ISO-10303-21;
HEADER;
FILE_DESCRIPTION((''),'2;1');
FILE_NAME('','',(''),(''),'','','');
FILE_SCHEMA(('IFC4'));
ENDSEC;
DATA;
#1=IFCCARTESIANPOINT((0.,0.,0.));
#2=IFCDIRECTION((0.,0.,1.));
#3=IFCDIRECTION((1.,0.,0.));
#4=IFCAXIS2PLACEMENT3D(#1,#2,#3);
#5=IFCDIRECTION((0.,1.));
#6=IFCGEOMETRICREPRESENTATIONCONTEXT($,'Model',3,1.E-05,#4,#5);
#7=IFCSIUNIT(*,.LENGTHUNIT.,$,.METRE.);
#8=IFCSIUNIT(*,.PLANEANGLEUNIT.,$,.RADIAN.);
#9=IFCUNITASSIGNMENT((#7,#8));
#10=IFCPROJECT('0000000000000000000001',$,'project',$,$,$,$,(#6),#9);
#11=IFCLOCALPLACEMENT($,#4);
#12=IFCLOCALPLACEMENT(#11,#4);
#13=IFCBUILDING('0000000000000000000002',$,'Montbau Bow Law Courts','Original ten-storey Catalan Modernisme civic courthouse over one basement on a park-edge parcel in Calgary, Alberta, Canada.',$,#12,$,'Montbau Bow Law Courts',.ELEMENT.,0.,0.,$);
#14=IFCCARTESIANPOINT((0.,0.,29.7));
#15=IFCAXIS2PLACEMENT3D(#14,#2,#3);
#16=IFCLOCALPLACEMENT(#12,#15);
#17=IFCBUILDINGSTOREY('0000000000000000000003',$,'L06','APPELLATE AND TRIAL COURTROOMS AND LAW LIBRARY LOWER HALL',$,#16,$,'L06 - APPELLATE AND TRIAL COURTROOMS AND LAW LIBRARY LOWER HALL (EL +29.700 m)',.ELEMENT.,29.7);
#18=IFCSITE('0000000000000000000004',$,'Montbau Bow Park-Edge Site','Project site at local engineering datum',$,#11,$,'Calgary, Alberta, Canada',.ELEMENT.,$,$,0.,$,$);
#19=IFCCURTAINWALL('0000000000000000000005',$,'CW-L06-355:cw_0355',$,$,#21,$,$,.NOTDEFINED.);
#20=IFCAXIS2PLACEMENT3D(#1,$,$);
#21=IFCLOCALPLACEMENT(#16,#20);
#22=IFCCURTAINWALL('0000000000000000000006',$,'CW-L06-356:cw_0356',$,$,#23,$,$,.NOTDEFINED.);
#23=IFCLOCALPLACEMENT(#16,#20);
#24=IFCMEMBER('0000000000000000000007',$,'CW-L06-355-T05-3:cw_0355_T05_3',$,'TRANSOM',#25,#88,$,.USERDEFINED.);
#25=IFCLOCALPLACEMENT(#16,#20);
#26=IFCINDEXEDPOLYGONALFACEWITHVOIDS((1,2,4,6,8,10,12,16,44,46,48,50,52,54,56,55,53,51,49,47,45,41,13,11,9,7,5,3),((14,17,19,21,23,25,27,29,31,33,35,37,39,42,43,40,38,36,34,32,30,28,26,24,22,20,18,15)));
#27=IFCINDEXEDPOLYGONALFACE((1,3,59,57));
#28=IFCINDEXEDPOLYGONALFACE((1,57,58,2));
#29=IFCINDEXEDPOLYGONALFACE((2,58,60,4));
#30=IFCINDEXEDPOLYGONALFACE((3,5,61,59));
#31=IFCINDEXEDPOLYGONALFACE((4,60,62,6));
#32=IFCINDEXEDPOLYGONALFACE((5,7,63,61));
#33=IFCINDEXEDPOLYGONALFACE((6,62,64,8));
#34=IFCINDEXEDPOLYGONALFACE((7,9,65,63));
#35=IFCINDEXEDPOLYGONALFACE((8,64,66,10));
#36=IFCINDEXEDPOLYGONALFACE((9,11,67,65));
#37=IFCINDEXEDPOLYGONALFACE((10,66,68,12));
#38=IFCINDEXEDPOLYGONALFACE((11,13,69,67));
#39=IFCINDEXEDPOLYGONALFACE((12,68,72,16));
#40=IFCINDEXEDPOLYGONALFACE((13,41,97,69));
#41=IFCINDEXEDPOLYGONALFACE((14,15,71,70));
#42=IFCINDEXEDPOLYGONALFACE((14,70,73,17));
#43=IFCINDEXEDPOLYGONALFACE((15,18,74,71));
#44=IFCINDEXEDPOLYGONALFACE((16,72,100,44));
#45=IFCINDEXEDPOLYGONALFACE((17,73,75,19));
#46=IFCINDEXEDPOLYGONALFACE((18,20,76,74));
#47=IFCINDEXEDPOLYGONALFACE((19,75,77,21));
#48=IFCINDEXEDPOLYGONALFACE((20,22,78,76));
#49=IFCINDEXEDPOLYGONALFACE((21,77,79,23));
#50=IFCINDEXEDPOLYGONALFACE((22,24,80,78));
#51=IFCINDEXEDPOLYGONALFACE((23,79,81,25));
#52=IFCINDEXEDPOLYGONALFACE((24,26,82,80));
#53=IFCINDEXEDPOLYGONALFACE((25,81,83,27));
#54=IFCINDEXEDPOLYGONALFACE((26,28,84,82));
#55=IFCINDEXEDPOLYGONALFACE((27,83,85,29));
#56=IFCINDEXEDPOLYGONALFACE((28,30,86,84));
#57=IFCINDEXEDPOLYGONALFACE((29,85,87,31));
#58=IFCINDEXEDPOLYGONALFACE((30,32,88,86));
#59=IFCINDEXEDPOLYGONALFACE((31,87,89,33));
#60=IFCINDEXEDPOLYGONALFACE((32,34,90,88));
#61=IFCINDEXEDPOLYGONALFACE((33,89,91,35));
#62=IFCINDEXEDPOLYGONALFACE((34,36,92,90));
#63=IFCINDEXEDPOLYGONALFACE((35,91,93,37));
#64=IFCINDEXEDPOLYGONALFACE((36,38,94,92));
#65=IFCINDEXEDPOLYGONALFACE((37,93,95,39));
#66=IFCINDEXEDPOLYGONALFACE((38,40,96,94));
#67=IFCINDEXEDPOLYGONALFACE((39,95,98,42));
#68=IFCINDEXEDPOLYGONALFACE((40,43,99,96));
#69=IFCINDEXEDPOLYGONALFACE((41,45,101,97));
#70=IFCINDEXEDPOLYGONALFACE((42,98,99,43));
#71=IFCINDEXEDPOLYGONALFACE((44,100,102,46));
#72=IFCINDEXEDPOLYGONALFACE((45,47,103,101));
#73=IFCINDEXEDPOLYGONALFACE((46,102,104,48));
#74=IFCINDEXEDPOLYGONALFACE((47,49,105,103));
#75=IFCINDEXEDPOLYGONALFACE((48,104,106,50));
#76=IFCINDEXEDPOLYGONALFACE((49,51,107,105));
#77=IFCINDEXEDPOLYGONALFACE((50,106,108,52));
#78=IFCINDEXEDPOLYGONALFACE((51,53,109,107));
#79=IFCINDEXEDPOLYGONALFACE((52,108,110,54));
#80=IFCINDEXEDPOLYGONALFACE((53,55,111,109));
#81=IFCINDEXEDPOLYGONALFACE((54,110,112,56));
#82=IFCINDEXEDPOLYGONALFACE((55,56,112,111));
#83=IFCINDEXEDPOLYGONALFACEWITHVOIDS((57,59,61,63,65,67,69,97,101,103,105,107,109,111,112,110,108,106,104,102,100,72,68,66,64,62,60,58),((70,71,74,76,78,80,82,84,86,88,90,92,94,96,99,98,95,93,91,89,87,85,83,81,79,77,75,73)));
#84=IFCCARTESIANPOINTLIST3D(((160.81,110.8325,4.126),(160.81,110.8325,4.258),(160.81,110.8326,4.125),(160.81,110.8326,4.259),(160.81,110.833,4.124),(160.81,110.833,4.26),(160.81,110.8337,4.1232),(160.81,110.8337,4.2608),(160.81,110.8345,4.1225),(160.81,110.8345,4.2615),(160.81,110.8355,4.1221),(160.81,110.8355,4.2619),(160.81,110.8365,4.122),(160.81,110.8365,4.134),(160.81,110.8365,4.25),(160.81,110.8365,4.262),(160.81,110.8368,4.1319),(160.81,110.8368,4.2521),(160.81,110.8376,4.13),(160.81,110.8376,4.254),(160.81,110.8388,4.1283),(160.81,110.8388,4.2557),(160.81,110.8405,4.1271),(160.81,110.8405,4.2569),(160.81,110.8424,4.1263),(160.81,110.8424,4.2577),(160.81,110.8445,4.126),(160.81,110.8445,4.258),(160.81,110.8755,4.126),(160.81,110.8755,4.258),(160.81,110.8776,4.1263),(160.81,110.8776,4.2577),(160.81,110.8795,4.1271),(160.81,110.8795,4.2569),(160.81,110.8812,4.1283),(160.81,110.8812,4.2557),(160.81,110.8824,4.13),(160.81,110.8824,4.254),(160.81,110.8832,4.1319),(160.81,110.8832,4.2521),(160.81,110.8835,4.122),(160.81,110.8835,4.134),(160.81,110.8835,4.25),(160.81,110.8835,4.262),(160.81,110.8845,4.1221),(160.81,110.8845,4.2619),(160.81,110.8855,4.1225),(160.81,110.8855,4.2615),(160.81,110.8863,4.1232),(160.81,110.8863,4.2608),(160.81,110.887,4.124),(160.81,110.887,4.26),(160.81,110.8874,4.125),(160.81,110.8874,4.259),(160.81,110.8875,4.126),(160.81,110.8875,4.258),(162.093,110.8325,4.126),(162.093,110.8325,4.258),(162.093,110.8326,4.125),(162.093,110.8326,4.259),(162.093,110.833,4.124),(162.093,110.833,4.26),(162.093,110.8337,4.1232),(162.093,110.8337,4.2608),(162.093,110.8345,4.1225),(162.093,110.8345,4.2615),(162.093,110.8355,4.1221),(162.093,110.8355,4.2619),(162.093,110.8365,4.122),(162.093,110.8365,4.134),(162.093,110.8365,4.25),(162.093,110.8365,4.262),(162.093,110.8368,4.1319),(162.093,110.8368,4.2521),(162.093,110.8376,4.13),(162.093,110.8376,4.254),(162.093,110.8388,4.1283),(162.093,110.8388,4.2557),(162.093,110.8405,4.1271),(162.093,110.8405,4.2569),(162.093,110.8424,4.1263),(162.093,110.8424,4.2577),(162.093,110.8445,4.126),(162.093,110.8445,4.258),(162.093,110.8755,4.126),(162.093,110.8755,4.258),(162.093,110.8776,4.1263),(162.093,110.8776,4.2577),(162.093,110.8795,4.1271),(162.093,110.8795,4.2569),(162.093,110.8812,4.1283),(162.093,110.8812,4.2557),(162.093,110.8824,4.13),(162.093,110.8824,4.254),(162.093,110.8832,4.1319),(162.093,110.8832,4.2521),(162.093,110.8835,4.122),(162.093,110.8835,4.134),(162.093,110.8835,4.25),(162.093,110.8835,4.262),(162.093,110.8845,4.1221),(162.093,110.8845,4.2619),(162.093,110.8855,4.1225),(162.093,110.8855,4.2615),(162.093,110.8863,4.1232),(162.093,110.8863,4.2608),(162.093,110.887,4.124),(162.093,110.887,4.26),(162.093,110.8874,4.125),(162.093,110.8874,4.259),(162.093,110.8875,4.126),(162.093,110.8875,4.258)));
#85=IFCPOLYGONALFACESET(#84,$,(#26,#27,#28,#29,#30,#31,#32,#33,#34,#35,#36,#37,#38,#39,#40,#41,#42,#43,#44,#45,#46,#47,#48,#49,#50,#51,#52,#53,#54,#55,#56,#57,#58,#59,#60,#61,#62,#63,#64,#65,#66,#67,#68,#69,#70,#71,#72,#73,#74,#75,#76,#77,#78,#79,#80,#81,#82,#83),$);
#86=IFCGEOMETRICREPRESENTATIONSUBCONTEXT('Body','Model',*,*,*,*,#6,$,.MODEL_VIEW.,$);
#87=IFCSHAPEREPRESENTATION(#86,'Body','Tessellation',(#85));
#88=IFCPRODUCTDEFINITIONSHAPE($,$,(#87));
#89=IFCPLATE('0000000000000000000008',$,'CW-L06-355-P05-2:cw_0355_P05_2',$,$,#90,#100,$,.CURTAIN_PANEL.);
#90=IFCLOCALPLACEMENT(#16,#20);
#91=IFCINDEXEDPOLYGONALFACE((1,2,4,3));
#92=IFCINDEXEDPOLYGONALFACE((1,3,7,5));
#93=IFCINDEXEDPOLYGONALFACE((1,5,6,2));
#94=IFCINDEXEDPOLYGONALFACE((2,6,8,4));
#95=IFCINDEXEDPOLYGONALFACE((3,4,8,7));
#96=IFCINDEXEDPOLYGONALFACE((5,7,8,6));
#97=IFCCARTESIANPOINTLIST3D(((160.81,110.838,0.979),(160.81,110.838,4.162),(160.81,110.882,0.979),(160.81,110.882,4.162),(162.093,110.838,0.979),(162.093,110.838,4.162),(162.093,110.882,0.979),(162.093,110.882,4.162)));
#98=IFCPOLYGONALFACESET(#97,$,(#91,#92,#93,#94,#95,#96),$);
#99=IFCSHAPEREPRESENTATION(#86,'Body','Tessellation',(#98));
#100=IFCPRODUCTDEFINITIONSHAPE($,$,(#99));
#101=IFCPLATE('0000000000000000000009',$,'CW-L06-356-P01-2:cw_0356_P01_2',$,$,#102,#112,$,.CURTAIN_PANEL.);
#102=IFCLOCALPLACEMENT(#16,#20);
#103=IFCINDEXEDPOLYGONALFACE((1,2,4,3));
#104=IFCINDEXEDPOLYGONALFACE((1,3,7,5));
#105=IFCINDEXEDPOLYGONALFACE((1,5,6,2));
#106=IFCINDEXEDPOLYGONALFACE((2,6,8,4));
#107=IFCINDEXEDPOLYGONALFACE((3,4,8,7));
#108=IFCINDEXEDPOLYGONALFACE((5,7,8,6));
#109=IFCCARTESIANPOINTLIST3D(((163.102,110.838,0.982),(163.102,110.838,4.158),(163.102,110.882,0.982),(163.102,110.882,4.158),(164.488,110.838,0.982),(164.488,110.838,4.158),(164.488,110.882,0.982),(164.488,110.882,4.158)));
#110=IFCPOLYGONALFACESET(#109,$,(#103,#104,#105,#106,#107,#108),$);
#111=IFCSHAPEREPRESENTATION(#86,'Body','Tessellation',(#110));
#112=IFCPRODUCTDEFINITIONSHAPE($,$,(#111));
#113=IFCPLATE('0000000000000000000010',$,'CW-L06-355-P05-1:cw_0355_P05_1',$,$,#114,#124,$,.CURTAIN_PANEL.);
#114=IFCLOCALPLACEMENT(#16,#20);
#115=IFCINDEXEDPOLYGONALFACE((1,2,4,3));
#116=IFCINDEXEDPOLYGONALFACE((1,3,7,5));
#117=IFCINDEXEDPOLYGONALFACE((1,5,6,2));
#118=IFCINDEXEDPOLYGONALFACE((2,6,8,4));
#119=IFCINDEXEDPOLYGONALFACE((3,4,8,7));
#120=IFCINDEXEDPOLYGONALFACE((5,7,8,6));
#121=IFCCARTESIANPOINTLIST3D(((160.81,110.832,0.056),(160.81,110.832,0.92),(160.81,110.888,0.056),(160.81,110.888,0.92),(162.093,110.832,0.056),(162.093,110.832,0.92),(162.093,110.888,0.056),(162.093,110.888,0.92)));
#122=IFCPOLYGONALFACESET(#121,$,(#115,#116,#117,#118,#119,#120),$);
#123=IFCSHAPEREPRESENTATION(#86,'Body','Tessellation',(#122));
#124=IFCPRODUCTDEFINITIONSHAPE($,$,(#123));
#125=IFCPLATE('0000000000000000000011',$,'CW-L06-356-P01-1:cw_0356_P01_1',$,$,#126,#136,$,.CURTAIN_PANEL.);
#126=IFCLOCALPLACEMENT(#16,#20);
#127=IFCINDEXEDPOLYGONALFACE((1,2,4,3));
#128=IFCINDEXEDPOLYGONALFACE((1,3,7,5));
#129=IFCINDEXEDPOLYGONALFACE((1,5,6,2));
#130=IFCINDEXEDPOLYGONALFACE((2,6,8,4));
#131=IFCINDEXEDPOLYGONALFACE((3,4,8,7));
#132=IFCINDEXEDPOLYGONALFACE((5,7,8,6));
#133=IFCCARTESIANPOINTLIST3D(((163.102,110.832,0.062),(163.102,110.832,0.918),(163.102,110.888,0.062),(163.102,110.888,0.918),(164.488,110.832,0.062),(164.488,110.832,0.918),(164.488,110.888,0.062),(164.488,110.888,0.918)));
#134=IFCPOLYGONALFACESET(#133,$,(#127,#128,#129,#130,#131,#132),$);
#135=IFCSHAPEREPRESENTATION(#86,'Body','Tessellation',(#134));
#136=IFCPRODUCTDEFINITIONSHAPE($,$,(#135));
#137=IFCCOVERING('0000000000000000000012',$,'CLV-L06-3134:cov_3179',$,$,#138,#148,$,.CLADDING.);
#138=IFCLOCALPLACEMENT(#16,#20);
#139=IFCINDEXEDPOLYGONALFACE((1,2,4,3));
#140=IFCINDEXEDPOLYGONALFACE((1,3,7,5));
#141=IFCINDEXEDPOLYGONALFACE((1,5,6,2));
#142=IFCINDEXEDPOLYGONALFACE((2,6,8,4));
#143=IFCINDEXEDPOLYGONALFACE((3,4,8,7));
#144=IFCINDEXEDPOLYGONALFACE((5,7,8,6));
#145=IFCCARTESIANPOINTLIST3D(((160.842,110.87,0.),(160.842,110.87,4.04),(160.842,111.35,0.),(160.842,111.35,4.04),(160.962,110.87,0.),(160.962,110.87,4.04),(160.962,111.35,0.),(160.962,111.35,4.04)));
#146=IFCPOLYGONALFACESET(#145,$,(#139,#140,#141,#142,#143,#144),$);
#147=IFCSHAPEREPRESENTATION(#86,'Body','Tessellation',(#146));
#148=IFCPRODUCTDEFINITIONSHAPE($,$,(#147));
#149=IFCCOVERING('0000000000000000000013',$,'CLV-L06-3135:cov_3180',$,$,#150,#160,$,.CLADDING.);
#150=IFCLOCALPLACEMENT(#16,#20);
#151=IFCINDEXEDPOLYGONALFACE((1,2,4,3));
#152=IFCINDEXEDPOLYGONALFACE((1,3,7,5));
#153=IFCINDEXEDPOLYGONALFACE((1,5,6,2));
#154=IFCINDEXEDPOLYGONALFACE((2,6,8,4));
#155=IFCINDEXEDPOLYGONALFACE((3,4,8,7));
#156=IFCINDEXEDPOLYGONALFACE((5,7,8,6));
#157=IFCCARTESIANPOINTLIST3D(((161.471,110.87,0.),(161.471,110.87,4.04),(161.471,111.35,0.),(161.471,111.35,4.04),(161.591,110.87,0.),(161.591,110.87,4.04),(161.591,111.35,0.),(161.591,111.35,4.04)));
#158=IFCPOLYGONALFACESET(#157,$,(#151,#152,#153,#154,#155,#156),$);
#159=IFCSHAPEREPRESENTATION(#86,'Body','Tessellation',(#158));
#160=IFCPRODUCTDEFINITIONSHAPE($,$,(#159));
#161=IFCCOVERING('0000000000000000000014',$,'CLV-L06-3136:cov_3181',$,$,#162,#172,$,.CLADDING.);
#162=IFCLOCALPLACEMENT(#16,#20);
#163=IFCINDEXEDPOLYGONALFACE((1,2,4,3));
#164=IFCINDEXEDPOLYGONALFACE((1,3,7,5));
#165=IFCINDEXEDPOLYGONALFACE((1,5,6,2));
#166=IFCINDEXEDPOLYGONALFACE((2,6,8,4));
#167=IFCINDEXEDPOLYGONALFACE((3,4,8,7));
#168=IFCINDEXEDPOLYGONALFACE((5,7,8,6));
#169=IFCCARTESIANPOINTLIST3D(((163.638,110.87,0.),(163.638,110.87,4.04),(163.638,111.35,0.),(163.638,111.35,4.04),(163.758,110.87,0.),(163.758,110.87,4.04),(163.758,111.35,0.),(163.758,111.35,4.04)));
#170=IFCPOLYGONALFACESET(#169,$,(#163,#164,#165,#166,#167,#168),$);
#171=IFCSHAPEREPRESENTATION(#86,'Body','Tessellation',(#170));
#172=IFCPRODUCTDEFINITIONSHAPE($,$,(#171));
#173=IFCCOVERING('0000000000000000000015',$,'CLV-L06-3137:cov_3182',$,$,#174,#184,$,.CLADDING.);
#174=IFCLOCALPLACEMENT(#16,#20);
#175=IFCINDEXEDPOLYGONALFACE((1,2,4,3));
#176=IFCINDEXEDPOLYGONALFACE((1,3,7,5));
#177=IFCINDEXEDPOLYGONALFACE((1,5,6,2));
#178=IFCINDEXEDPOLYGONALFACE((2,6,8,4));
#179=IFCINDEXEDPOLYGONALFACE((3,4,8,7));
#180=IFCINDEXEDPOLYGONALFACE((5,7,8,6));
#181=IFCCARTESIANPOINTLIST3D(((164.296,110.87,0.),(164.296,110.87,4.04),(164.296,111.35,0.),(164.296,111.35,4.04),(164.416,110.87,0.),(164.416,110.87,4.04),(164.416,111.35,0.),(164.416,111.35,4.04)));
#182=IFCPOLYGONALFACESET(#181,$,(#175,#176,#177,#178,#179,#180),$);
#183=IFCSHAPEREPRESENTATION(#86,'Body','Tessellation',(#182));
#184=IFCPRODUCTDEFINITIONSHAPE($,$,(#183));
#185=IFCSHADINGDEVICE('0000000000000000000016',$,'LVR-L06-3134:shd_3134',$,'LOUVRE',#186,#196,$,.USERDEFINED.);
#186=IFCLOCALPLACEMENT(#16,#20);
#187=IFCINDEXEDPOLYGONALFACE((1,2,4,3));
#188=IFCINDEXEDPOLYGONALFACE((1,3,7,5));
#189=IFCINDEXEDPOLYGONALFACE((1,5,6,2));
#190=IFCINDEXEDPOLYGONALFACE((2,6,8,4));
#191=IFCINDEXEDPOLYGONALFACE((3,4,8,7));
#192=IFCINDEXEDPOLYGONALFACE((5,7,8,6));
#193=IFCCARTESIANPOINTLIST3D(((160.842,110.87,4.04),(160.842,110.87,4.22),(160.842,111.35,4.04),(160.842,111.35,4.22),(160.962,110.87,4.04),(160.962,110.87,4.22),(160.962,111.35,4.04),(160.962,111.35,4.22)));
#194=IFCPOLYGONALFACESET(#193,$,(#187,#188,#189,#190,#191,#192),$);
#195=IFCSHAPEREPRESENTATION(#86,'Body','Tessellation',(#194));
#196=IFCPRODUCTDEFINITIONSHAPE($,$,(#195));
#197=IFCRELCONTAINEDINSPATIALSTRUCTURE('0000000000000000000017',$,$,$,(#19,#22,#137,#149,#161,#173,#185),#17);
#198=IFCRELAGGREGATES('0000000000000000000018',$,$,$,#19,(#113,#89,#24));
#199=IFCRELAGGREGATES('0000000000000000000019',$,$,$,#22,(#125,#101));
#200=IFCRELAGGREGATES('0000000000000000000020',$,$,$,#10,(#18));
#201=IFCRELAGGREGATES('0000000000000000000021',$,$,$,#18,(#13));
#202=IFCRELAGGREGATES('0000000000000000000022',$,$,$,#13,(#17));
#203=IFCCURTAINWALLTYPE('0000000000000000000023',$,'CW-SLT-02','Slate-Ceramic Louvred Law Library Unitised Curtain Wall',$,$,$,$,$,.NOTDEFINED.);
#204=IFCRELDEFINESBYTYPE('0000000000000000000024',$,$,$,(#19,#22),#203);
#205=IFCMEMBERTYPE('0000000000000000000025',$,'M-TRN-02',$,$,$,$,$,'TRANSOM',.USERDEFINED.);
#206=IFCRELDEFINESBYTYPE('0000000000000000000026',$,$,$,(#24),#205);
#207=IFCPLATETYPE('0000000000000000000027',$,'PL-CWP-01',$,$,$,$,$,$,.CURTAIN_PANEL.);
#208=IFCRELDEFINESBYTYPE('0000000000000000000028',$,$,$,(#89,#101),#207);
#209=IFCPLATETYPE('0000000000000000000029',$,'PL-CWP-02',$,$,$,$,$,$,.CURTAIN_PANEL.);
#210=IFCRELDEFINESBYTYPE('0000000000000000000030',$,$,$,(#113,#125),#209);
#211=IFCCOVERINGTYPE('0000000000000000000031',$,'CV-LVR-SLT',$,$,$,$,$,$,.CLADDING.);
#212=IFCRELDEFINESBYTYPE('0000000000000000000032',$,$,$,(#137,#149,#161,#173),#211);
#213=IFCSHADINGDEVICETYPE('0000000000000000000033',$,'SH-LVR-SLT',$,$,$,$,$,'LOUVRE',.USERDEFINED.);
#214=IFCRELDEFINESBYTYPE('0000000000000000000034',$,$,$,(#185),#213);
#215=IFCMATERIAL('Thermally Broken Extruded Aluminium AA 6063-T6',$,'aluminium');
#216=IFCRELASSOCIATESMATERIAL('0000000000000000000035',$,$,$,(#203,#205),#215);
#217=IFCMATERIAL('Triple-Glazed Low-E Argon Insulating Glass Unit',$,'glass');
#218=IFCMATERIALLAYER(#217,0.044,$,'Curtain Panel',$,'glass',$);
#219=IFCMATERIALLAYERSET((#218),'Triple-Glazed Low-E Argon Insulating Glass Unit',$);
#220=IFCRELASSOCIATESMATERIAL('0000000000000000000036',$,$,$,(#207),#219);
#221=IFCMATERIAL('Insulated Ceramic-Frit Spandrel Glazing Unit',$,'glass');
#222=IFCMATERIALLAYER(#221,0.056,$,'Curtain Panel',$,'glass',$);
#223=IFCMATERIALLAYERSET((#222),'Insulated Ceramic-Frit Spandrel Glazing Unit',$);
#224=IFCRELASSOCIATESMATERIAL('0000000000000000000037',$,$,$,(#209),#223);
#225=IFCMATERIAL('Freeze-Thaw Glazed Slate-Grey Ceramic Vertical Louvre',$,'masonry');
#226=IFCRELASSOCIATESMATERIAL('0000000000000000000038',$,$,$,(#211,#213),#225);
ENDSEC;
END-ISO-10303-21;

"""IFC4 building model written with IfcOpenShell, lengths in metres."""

from ifc_helpers import new_model, si_unit, direction, frame, frame_2d, origin_with_axes, origin_2d_with_axis, place, context, subcontext, project, spatial, rectangle, hollow_rectangle, extrude, material, layer, layer_set, material_profile, profile_set, type_object, element, aggregate, save


model = new_model("IFC4")

# Units and contexts
model_context = context("Model", 3, precision=1e-05, world=origin_with_axes(), true_north=direction((0.0, 1.0)))
body_context = subcontext(model_context, "Body", "Model", "MODEL_VIEW")
ifc_project = project(units=[si_unit("LENGTHUNIT", "METRE"), si_unit("PLANEANGLEUNIT", "RADIAN")], contexts=[model_context])

# Site, building, storey
site_placement = place(None, origin_with_axes())
site = spatial("IfcSite", under=ifc_project, at=site_placement, Name="Montbau Bow Park-Edge Site", Description="Project site at local engineering datum", LongName="Calgary, Alberta, Canada", CompositionType="ELEMENT", RefElevation=0.0)
building_placement = place(site_placement, origin_with_axes())
building = spatial("IfcBuilding", under=site, at=building_placement, Name="Montbau Bow Law Courts", Description="Original ten-storey Catalan Modernisme civic courthouse over one basement on a park-edge parcel in Calgary, Alberta, Canada.", LongName="Montbau Bow Law Courts", CompositionType="ELEMENT", ElevationOfRefHeight=0.0, ElevationOfTerrain=0.0)
storey_placement = place(building_placement, frame((0.0, 0.0, 29.7), z_axis=(0.0, 0.0, 1.0), x_axis=(1.0, 0.0, 0.0)))
storey = spatial("IfcBuildingStorey", under=building, at=storey_placement, Name="L06", Description="APPELLATE AND TRIAL COURTROOMS AND LAW LIBRARY LOWER HALL", LongName="L06 - APPELLATE AND TRIAL COURTROOMS AND LAW LIBRARY LOWER HALL (EL +29.700 m)", CompositionType="ELEMENT", Elevation=29.7)

# Curtain wall
ifc_material_1 = material(Name="Thermally Broken Extruded Aluminium AA 6063-T6", Category="aluminium")
curtain_wall_type = type_object("IfcCurtainWallType", Name="CW-SLT-02", Description="Slate-Ceramic Louvred Law Library Unitised Curtain Wall", PredefinedType="NOTDEFINED", material=ifc_material_1)
curtain_wall_1_placement = place(None, frame((155.24, 110.86, 29.7), z_axis=(0.0, 0.0, 1.0), x_axis=(1.0, 0.0, 0.0)))
curtain_wall_1 = element("IfcCurtainWall", 1, at=curtain_wall_1_placement, inside=storey, type_object=curtain_wall_type, Name="CW-L06-355:cw_0355", PredefinedType="NOTDEFINED")

# Curtain wall
curtain_wall_2_placement = place(None, frame((163.04, 110.86, 29.7), z_axis=(0.0, 0.0, 1.0), x_axis=(1.0, 0.0, 0.0)))
curtain_wall_2 = element("IfcCurtainWall", 2, at=curtain_wall_2_placement, inside=storey, type_object=curtain_wall_type, Name="CW-L06-356:cw_0356", PredefinedType="NOTDEFINED")

# Member
ifc_material_profile_1 = material_profile(ifc_material_1, hollow_rectangle(XDim=0.055, YDim=0.14, WallThickness=0.004, InnerFilletRadius=0.008, OuterFilletRadius=0.004, at=origin_2d_with_axis()), Name="CWT-140X55", Category="Main", Priority=0)
ifc_profile_set_1 = profile_set([ifc_material_profile_1], Name="Thermally Broken Extruded Aluminium AA 6063-T6")
member_type_1 = type_object("IfcMemberType", Name="M-TRN-02", ElementType="TRANSOM", PredefinedType="USERDEFINED", material=ifc_profile_set_1)
member_1_placement = place(None, frame((160.81, 110.86, 33.892), z_axis=(1.0, 0.0, 0.0), x_axis=(0.0, 1.0, 0.0)))
member_1 = element("IfcMember", 3, at=member_1_placement, type_object=member_type_1, Name="CW-L06-355-T05-3:cw_0355_T05_3", ObjectType="TRANSOM", PredefinedType="USERDEFINED", context=body_context, shape_type="SweptSolid", body=[
    extrude(hollow_rectangle(XDim=0.055, YDim=0.14, WallThickness=0.004, InnerFilletRadius=0.008, OuterFilletRadius=0.004, at=origin_2d_with_axis()), origin_with_axes(), (0.0, 0.0, 1.0), 1.283),
])

# Plates
ifc_material_2 = material(Name="Triple-Glazed Low-E Argon Insulating Glass Unit", Category="glass")
ifc_layer_1 = layer(ifc_material_2, 0.044, Name="Curtain Panel", Category="glass")
ifc_layer_set_1 = layer_set([ifc_layer_1], Name="Triple-Glazed Low-E Argon Insulating Glass Unit")
plate_type_1 = type_object("IfcPlateType", Name="PL-CWP-01", PredefinedType="CURTAIN_PANEL", material=ifc_layer_set_1)
plate_1_placement = place(None, frame((160.81, 110.86, 30.679), z_axis=(0.0, -1.0, 0.0), x_axis=(1.0, 0.0, 0.0)))
plate_1 = element("IfcPlate", 4, at=plate_1_placement, type_object=plate_type_1, Name="CW-L06-355-P05-2:cw_0355_P05_2", PredefinedType="CURTAIN_PANEL", context=body_context, shape_type="SweptSolid", body=[
    extrude(rectangle(XDim=1.283, YDim=3.183, at=frame_2d((0.6415, 1.5915), x_axis=(1.0, 0.0))), frame((0.0, 0.0, -0.022), z_axis=(0.0, 0.0, 1.0), x_axis=(1.0, 0.0, 0.0)), (0.0, 0.0, 1.0), 0.044),
])
plate_2_placement = place(None, frame((163.102, 110.86, 30.682), z_axis=(0.0, -1.0, 0.0), x_axis=(1.0, 0.0, 0.0)))
plate_2 = element("IfcPlate", 5, at=plate_2_placement, type_object=plate_type_1, Name="CW-L06-356-P01-2:cw_0356_P01_2", PredefinedType="CURTAIN_PANEL", context=body_context, shape_type="SweptSolid", body=[
    extrude(rectangle(XDim=1.386, YDim=3.176, at=frame_2d((0.693, 1.588), x_axis=(1.0, 0.0))), frame((0.0, 0.0, -0.022), z_axis=(0.0, 0.0, 1.0), x_axis=(1.0, 0.0, 0.0)), (0.0, 0.0, 1.0), 0.044),
])
ifc_material_3 = material(Name="Insulated Ceramic-Frit Spandrel Glazing Unit", Category="glass")
ifc_layer_2 = layer(ifc_material_3, 0.056, Name="Curtain Panel", Category="glass")
ifc_layer_set_2 = layer_set([ifc_layer_2], Name="Insulated Ceramic-Frit Spandrel Glazing Unit")
plate_type_2 = type_object("IfcPlateType", Name="PL-CWP-02", PredefinedType="CURTAIN_PANEL", material=ifc_layer_set_2)
plate_3_placement = place(None, frame((160.81, 110.86, 29.756), z_axis=(0.0, -1.0, 0.0), x_axis=(1.0, 0.0, 0.0)))
plate_3 = element("IfcPlate", 6, at=plate_3_placement, type_object=plate_type_2, Name="CW-L06-355-P05-1:cw_0355_P05_1", PredefinedType="CURTAIN_PANEL", context=body_context, shape_type="SweptSolid", body=[
    extrude(rectangle(XDim=1.283, YDim=0.864, at=frame_2d((0.6415, 0.432), x_axis=(1.0, 0.0))), frame((0.0, 0.0, -0.028), z_axis=(0.0, 0.0, 1.0), x_axis=(1.0, 0.0, 0.0)), (0.0, 0.0, 1.0), 0.056),
])
aggregate(curtain_wall_1, [plate_3, plate_1, member_1])
plate_4_placement = place(None, frame((163.102, 110.86, 29.762), z_axis=(0.0, -1.0, 0.0), x_axis=(1.0, 0.0, 0.0)))
plate_4 = element("IfcPlate", 7, at=plate_4_placement, type_object=plate_type_2, Name="CW-L06-356-P01-1:cw_0356_P01_1", PredefinedType="CURTAIN_PANEL", context=body_context, shape_type="SweptSolid", body=[
    extrude(rectangle(XDim=1.386, YDim=0.856, at=frame_2d((0.693, 0.428), x_axis=(1.0, 0.0))), frame((0.0, 0.0, -0.028), z_axis=(0.0, 0.0, 1.0), x_axis=(1.0, 0.0, 0.0)), (0.0, 0.0, 1.0), 0.056),
])
aggregate(curtain_wall_2, [plate_4, plate_2])

# Coverings
ifc_material_4 = material(Name="Freeze-Thaw Glazed Slate-Grey Ceramic Vertical Louvre", Category="masonry")
covering_type = type_object("IfcCoveringType", Name="CV-LVR-SLT", PredefinedType="CLADDING", material=ifc_material_4)
for number, where, z_axis, x_axis, name in (
    (8, (160.902, 110.87, 29.7), (1.0, 0.0, 0.0), (0.0, 1.0, 0.0), "CLV-L06-3134:cov_3179"),
    (9, (161.531, 110.87, 29.7), (1.0, 0.0, 0.0), (0.0, 1.0, 0.0), "CLV-L06-3135:cov_3180"),
    (10, (163.698, 110.87, 29.7), (1.0, 0.0, 0.0), (0.0, 1.0, 0.0), "CLV-L06-3136:cov_3181"),
    (11, (164.356, 110.87, 29.7), (1.0, 0.0, 0.0), (0.0, 1.0, 0.0), "CLV-L06-3137:cov_3182"),
):
    element("IfcCovering", number, at=place(None, frame(where, z_axis=z_axis, x_axis=x_axis)), inside=storey, type_object=covering_type, Name=name, PredefinedType="CLADDING", context=body_context, shape_type="SweptSolid", body=[
        extrude(rectangle(XDim=0.48, YDim=4.04, at=frame_2d((0.24, 2.02), x_axis=(1.0, 0.0))), frame((0.0, 0.0, -0.06), z_axis=(0.0, 0.0, 1.0), x_axis=(1.0, 0.0, 0.0)), (0.0, 0.0, 1.0), 0.12),
    ])

# Shading device
shading_device_type = type_object("IfcShadingDeviceType", Name="SH-LVR-SLT", ElementType="LOUVRE", PredefinedType="USERDEFINED", material=ifc_material_4)
for number, where, z_axis, x_axis, name in (
    (12, (160.902, 111.11, 33.74), (0.0, 0.0, 1.0), (0.0, 1.0, 0.0), "LVR-L06-3134:shd_3134"),
):
    element("IfcShadingDevice", number, at=place(None, frame(where, z_axis=z_axis, x_axis=x_axis)), inside=storey, type_object=shading_device_type, Name=name, ObjectType="LOUVRE", PredefinedType="USERDEFINED", context=body_context, shape_type="SweptSolid", body=[
        extrude(rectangle(XDim=0.48, YDim=0.12, at=origin_2d_with_axis()), origin_with_axes(), (0.0, 0.0, 1.0), 0.18),
    ])

save(model, "model.ifc")
